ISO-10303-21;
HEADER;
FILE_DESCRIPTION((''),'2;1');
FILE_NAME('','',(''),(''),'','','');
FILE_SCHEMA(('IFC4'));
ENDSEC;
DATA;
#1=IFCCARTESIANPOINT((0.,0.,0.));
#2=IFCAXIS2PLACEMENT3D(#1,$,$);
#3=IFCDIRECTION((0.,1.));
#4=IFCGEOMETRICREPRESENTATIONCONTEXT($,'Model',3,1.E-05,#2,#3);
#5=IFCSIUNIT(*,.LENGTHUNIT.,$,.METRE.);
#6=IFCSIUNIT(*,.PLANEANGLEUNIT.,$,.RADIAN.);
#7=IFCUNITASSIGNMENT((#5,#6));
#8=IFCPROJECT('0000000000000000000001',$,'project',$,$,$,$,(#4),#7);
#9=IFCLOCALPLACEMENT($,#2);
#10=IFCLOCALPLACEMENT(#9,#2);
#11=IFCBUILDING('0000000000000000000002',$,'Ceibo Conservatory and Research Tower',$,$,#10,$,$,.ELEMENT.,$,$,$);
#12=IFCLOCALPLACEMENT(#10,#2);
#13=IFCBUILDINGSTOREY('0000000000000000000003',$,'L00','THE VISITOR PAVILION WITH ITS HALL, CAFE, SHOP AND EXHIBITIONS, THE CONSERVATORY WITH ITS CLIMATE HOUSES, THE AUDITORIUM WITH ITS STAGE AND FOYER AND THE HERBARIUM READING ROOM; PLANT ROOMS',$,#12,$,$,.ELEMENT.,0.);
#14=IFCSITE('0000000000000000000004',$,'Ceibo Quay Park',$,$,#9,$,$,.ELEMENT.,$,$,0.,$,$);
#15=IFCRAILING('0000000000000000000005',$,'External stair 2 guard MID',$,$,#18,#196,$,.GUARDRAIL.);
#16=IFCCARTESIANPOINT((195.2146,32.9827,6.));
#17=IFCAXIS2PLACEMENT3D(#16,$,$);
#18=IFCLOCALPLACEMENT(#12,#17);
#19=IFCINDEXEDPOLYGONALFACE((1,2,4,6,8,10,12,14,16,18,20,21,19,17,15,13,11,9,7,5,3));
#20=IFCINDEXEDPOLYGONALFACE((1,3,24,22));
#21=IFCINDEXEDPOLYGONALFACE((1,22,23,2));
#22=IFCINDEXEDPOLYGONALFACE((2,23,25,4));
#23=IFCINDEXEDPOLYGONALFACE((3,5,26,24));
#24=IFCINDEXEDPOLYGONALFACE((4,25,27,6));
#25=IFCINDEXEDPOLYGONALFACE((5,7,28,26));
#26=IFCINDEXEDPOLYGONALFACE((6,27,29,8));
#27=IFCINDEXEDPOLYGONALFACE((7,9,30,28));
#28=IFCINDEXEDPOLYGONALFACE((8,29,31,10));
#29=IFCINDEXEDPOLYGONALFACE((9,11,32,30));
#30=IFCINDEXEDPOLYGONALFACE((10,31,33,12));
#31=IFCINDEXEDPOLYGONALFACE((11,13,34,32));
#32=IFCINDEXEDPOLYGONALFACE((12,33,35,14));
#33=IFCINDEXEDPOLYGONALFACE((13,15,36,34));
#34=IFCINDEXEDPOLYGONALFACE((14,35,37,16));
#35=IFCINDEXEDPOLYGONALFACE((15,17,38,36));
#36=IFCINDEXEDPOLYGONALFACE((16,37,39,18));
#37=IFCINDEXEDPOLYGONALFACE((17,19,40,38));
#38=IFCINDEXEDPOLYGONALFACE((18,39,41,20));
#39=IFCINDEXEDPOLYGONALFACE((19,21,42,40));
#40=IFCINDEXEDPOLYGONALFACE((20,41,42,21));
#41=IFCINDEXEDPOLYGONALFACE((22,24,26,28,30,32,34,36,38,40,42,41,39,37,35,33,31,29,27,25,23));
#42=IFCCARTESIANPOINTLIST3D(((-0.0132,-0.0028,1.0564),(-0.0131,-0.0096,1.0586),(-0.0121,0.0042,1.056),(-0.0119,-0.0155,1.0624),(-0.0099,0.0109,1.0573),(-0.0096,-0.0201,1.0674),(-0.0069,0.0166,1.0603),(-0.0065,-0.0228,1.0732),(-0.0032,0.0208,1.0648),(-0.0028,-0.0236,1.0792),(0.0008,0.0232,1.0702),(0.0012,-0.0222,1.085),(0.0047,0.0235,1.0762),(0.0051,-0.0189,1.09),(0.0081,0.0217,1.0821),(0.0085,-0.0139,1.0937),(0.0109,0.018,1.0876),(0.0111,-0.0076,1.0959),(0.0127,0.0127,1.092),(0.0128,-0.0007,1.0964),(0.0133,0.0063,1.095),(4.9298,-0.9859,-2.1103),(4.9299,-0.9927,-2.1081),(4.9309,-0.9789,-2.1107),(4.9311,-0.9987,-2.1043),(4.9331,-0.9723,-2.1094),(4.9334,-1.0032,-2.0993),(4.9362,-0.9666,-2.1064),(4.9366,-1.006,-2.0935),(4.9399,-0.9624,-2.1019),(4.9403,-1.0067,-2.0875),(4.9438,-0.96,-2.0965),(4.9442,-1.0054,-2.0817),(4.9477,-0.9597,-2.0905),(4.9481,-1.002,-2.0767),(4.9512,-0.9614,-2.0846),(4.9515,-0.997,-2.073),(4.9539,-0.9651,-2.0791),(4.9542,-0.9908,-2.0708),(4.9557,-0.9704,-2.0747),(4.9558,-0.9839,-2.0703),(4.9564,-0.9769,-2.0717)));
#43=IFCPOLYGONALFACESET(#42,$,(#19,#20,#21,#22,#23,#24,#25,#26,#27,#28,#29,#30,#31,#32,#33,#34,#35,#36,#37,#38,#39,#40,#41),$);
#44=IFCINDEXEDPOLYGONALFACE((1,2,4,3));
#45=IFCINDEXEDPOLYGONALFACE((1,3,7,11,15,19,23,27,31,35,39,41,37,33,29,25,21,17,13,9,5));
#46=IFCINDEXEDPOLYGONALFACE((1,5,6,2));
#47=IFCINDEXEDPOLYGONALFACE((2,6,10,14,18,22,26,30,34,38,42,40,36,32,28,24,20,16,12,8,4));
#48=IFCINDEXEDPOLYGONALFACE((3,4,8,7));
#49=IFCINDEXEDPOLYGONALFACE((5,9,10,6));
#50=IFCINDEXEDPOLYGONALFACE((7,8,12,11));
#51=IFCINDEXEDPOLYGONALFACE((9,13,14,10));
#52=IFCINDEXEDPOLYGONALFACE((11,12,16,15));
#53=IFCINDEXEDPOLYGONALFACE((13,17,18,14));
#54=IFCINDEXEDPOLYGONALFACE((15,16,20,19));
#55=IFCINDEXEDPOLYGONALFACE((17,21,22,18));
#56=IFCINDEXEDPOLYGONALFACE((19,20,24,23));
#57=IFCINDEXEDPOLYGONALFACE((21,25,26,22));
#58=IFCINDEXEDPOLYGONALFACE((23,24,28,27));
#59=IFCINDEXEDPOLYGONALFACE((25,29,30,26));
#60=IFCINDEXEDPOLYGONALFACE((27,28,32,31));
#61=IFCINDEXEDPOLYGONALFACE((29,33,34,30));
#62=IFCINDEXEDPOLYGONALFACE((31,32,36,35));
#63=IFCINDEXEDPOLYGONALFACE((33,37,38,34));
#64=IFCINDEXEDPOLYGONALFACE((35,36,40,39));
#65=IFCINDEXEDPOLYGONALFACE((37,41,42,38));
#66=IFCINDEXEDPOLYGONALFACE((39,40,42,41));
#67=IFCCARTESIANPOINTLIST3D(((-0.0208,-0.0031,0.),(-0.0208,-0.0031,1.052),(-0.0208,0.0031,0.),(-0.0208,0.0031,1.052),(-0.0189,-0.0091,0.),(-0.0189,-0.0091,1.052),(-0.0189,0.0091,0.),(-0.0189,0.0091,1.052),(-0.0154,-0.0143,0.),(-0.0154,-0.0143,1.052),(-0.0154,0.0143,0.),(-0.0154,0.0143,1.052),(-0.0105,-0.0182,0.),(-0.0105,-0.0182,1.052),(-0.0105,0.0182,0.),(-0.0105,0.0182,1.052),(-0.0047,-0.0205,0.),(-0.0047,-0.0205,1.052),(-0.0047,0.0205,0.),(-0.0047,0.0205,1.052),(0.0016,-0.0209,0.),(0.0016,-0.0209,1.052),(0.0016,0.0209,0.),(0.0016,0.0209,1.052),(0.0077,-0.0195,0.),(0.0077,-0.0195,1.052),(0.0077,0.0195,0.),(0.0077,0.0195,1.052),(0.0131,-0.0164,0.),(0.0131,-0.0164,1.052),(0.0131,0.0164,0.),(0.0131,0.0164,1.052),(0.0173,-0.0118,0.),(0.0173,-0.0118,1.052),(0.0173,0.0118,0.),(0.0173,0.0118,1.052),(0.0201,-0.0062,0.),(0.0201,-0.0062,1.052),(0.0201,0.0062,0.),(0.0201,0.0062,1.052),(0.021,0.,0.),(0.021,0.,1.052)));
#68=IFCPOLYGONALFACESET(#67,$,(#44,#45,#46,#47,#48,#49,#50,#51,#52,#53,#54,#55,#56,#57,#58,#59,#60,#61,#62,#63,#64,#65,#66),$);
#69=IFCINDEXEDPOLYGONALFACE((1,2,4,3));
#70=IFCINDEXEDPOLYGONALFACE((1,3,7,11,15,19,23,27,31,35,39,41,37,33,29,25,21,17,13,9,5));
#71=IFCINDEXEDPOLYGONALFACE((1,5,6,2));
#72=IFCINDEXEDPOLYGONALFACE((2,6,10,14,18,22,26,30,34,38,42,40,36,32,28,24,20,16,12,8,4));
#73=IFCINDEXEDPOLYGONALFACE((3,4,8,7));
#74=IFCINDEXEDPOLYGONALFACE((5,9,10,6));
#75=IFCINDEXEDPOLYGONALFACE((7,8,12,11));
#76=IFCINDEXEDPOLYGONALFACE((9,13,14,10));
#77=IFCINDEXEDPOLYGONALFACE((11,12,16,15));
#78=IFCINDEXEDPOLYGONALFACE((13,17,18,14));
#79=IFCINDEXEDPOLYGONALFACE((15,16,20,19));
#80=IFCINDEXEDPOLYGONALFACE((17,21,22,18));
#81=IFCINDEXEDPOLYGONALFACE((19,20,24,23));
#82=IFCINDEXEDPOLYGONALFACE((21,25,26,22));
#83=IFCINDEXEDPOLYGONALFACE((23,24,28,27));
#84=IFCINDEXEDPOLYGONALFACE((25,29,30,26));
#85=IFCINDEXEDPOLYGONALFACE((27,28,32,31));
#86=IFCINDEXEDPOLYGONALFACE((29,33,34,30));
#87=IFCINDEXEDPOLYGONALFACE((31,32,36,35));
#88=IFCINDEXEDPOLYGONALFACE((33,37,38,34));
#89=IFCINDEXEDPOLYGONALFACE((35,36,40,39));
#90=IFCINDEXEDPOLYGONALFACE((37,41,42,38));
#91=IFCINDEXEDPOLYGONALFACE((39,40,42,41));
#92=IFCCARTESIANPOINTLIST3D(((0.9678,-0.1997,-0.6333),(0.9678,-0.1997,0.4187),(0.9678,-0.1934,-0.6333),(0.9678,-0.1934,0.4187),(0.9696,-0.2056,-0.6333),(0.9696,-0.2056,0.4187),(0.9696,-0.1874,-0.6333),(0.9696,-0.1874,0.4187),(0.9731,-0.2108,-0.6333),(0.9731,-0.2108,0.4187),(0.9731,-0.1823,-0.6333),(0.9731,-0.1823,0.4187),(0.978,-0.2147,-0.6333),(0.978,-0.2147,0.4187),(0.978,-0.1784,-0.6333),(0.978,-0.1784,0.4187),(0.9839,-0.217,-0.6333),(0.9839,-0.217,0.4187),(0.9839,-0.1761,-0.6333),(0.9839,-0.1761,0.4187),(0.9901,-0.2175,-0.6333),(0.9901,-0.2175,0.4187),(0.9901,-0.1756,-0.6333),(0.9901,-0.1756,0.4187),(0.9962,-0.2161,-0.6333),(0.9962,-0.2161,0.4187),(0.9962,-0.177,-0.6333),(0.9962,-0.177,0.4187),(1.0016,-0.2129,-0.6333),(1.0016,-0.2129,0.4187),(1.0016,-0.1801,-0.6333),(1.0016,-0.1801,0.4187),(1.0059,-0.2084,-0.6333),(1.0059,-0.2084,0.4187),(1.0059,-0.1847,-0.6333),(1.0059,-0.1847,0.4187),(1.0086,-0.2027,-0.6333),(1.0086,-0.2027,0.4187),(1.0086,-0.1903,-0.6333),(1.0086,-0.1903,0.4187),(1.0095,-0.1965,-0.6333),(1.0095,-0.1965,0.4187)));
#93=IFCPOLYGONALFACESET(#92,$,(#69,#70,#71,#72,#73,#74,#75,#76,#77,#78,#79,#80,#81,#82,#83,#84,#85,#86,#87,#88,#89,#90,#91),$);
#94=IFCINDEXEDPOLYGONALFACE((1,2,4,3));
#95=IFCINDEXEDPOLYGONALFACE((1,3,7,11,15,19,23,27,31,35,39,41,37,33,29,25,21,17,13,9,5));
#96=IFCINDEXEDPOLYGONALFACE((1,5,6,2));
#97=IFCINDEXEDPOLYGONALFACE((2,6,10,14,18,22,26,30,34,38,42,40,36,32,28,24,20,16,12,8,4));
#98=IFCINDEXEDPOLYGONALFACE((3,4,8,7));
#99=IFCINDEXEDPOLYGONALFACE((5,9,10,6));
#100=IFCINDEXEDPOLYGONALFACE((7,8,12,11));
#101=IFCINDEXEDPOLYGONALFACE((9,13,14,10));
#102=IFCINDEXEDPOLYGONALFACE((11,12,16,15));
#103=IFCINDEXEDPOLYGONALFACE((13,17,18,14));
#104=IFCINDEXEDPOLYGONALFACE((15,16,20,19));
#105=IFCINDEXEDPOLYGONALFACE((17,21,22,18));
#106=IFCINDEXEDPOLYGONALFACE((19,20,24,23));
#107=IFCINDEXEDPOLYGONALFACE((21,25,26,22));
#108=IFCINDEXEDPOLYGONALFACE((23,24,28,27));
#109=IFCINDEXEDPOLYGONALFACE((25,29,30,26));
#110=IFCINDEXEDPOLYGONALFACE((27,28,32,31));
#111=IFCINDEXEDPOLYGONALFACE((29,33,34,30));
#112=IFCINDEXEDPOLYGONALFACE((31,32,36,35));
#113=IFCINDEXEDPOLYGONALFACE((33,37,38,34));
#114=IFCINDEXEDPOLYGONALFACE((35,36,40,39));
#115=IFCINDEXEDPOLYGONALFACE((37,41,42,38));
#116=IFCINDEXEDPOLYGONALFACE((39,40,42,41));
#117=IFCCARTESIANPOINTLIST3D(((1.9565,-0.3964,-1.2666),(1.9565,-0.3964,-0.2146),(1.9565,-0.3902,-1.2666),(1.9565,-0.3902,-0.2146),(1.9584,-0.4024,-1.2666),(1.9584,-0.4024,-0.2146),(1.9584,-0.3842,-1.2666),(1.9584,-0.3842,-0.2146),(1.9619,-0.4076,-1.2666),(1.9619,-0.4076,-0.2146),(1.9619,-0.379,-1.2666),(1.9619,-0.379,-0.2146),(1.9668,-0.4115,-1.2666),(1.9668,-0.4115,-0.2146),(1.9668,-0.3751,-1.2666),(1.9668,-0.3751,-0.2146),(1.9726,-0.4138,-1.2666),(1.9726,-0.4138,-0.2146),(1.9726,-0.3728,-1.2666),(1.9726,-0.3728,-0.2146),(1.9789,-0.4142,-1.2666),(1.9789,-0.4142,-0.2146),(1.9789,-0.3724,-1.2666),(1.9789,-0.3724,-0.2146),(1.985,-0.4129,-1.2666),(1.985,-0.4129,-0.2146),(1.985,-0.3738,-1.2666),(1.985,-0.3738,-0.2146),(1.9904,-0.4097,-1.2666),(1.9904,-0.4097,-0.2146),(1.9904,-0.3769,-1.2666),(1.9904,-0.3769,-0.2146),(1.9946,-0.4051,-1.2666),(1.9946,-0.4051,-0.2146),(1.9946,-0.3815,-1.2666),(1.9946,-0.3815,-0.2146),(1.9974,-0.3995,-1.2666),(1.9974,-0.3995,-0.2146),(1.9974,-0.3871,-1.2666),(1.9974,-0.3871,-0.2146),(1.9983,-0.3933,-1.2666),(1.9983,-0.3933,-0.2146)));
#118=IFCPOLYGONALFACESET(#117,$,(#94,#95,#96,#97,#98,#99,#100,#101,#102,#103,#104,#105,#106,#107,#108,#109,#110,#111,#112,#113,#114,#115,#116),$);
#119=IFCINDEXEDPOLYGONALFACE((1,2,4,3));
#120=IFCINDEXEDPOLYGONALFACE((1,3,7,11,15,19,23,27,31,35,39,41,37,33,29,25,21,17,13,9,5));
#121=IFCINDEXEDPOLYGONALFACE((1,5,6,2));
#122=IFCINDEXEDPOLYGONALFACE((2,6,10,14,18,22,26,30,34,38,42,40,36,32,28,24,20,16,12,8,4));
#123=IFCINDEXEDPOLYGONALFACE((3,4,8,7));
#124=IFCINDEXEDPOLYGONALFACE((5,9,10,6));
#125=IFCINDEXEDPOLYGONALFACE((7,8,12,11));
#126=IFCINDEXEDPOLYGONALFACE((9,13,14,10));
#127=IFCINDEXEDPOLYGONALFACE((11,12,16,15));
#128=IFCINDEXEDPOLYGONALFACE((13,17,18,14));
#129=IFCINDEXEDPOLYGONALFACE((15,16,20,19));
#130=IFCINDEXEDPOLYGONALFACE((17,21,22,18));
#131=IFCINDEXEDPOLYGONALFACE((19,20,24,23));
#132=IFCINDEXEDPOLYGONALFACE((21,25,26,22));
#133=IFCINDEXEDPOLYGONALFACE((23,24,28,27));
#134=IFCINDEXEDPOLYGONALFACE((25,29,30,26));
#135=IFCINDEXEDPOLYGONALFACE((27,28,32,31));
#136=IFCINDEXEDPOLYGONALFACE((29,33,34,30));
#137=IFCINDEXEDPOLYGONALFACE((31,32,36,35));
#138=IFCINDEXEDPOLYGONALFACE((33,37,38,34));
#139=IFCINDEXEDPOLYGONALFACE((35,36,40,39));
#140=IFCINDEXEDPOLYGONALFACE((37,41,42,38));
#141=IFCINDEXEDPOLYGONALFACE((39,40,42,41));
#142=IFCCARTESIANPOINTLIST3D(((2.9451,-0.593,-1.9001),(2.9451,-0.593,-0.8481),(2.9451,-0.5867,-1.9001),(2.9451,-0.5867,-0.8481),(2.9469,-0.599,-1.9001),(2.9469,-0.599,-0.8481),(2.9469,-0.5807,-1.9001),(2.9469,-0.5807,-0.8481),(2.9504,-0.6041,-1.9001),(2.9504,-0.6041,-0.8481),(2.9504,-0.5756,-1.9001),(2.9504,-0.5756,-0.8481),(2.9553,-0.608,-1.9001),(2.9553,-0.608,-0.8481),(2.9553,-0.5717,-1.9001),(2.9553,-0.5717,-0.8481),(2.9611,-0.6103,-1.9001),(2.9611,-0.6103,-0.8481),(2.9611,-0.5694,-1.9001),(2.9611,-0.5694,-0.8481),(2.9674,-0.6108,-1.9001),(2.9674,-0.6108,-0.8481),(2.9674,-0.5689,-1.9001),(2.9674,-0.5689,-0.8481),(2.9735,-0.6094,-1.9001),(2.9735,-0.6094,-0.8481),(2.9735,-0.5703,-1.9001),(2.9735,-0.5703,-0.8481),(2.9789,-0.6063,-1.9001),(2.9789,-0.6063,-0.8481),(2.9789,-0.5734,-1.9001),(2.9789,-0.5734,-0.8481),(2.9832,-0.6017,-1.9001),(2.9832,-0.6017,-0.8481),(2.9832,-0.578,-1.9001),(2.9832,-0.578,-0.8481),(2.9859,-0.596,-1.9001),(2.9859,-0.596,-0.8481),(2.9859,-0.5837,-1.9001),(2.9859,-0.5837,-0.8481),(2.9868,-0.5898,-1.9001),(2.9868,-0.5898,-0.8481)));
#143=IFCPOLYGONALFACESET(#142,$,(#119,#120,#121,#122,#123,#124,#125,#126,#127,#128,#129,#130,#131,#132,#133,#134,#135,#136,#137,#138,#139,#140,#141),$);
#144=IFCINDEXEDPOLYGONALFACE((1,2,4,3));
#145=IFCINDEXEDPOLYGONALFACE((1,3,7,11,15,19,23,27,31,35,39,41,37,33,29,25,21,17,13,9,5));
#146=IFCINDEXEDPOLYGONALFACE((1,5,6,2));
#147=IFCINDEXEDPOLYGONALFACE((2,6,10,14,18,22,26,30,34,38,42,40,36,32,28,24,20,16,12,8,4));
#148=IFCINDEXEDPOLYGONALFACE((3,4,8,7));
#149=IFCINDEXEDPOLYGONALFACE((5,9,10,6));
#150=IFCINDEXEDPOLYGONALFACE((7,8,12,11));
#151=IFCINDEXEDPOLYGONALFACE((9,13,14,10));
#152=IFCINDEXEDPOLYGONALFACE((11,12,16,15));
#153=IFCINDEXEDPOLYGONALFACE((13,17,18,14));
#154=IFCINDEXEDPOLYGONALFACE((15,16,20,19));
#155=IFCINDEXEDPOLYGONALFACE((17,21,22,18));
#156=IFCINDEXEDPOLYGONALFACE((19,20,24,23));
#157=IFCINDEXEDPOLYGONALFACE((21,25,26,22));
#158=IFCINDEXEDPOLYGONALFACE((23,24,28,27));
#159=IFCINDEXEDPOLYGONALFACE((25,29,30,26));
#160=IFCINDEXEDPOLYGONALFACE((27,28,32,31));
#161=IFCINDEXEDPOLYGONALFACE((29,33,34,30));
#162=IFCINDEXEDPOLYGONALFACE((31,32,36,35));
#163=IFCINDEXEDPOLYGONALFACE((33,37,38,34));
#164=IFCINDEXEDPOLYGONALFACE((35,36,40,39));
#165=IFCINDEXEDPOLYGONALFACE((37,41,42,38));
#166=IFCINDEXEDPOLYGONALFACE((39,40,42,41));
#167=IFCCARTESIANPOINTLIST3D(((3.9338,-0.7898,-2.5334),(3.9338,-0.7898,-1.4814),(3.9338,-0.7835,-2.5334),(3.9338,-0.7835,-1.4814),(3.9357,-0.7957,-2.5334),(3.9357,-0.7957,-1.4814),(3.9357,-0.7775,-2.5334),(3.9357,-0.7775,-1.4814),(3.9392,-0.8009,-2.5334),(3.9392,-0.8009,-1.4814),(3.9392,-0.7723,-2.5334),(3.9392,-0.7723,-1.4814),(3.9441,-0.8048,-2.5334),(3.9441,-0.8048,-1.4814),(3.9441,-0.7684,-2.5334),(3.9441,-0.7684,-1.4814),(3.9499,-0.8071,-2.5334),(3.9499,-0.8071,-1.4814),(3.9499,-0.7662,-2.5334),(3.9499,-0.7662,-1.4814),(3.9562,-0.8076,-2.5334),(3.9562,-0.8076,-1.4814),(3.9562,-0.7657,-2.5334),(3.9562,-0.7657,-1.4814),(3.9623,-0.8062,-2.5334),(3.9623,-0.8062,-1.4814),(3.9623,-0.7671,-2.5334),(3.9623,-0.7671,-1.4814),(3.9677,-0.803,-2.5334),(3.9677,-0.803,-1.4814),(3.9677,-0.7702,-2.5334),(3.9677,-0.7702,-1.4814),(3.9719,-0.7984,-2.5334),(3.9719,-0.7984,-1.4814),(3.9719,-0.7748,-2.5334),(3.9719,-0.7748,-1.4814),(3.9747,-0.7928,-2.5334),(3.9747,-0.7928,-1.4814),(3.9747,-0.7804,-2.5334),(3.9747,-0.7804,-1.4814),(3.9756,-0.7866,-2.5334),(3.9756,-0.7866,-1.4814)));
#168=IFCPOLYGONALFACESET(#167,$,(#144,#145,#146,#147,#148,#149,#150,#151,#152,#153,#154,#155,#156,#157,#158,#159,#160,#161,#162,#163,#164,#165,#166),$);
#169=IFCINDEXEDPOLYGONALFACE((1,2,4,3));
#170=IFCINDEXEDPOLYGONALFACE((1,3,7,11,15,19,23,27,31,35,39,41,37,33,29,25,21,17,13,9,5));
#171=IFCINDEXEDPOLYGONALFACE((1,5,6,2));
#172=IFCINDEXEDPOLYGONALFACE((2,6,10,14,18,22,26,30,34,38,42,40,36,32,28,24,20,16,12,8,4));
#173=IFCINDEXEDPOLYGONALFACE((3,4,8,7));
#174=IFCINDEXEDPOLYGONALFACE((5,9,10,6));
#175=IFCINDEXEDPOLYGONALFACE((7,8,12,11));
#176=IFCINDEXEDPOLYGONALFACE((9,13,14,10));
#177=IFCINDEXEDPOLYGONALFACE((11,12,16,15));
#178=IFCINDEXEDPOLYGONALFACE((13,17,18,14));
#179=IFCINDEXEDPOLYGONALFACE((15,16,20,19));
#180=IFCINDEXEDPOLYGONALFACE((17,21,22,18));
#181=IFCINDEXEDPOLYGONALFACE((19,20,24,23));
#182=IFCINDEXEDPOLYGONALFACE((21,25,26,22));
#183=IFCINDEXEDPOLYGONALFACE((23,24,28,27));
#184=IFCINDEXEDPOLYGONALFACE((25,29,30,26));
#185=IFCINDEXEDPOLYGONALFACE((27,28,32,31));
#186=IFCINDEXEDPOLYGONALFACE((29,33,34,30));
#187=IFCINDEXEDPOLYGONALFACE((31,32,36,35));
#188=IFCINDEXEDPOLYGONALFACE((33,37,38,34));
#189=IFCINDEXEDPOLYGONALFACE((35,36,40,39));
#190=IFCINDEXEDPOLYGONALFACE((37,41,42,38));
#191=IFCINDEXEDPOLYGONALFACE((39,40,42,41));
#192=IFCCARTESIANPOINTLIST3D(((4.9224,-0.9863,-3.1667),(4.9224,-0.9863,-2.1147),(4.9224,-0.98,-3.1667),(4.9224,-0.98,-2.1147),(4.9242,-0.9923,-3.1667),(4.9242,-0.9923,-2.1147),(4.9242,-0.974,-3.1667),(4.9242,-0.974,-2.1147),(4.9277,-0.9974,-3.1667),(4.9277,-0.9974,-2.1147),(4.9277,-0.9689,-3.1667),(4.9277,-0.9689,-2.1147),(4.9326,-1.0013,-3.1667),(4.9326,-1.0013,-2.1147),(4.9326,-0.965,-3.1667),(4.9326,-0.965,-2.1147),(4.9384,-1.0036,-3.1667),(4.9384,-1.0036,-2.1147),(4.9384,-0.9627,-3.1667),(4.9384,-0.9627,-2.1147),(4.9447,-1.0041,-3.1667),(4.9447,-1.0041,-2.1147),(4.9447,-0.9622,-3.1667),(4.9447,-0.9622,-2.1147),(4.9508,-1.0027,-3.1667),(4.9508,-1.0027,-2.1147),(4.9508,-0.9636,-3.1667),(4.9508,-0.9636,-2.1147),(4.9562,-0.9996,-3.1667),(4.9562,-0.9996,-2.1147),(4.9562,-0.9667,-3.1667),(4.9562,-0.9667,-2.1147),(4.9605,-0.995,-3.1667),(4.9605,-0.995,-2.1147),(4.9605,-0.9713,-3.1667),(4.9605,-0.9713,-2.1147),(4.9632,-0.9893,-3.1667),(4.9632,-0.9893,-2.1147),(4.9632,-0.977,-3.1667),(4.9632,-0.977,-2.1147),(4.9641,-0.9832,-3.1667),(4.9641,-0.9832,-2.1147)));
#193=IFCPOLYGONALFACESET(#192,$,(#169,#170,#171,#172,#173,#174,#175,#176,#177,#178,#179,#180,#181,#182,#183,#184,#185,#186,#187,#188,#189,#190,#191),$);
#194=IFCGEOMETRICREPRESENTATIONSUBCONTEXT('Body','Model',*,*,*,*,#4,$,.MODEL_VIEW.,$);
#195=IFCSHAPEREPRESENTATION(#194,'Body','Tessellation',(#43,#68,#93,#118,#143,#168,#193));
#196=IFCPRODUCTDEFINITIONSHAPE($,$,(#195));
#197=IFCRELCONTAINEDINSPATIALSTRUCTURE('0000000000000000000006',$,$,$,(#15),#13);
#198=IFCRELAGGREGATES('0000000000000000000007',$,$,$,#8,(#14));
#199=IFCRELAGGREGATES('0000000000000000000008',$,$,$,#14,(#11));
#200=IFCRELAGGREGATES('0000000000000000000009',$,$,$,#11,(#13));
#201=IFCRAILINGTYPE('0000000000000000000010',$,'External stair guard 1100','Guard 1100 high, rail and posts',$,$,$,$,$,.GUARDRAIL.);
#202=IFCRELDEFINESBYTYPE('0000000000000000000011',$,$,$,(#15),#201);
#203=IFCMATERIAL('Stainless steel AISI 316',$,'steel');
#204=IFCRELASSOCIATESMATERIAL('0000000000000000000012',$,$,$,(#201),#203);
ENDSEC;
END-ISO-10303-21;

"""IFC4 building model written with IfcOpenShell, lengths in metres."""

from ifc_helpers import new_model, si_unit, direction, frame, origin, origin_2d, place, context, subcontext, project, spatial, circle, extrude, material, type_object, element, save


model = new_model("IFC4")

# Units and contexts
model_context = context("Model", 3, precision=1e-05, world=origin(), true_north=direction((0.0, 1.0)))
body_context = subcontext(model_context, "Body", "Model", "MODEL_VIEW")
ifc_project = project(units=[si_unit("LENGTHUNIT", "METRE"), si_unit("PLANEANGLEUNIT", "RADIAN")], contexts=[model_context])

# Site, building, storey
site_placement = place(None, origin())
site = spatial("IfcSite", under=ifc_project, at=site_placement, Name="Ceibo Quay Park", CompositionType="ELEMENT", RefElevation=0.0)
building_placement = place(site_placement, origin())
building = spatial("IfcBuilding", under=site, at=building_placement, Name="Ceibo Conservatory and Research Tower", CompositionType="ELEMENT")
storey_placement = place(building_placement, origin())
storey = spatial("IfcBuildingStorey", under=building, at=storey_placement, Name="L00", Description="THE VISITOR PAVILION WITH ITS HALL, CAFE, SHOP AND EXHIBITIONS, THE CONSERVATORY WITH ITS CLIMATE HOUSES, THE AUDITORIUM WITH ITS STAGE AND FOYER AND THE HERBARIUM READING ROOM; PLANT ROOMS", CompositionType="ELEMENT", Elevation=0.0)

# Railing
ifc_material_1 = material(Name="Stainless steel AISI 316", Category="steel")
railing_type = type_object("IfcRailingType", Name="External stair guard 1100", Description="Guard 1100 high, rail and posts", PredefinedType="GUARDRAIL", material=ifc_material_1)
railing_1_placement = place(storey_placement, frame((195.2146, 32.9827, 6.0)))
element("IfcRailing", 1, at=railing_1_placement, inside=storey, type_object=railing_type, Name="External stair 2 guard MID", PredefinedType="GUARDRAIL", context=body_context, shape_type="SweptSolid", body=[
    extrude(circle(Radius=0.0239, at=origin_2d()), frame((0.0, 0.0, 1.0762), z_axis=(0.830462, -0.165174, -0.532025), x_axis=(0.195073, 0.980789, 0.0)), (0.0, 0.0, 1.0), 5.9521),
    extrude(circle(Radius=0.021, at=origin_2d()), origin(), (0.0, 0.0, 1.0), 1.052),
    extrude(circle(Radius=0.021, at=origin_2d()), frame((0.9885, -0.1965, -0.6333)), (0.0, 0.0, 1.0), 1.052),
    extrude(circle(Radius=0.021, at=origin_2d()), frame((1.9773, -0.3933, -1.2666)), (0.0, 0.0, 1.0), 1.052),
    extrude(circle(Radius=0.021, at=origin_2d()), frame((2.9658, -0.5898, -1.9001)), (0.0, 0.0, 1.0), 1.052),
    extrude(circle(Radius=0.021, at=origin_2d()), frame((3.9546, -0.7866, -2.5334)), (0.0, 0.0, 1.0), 1.052),
    extrude(circle(Radius=0.021, at=origin_2d()), frame((4.9431, -0.9832, -3.1667)), (0.0, 0.0, 1.0), 1.052),
])

save(model, "model.ifc")
